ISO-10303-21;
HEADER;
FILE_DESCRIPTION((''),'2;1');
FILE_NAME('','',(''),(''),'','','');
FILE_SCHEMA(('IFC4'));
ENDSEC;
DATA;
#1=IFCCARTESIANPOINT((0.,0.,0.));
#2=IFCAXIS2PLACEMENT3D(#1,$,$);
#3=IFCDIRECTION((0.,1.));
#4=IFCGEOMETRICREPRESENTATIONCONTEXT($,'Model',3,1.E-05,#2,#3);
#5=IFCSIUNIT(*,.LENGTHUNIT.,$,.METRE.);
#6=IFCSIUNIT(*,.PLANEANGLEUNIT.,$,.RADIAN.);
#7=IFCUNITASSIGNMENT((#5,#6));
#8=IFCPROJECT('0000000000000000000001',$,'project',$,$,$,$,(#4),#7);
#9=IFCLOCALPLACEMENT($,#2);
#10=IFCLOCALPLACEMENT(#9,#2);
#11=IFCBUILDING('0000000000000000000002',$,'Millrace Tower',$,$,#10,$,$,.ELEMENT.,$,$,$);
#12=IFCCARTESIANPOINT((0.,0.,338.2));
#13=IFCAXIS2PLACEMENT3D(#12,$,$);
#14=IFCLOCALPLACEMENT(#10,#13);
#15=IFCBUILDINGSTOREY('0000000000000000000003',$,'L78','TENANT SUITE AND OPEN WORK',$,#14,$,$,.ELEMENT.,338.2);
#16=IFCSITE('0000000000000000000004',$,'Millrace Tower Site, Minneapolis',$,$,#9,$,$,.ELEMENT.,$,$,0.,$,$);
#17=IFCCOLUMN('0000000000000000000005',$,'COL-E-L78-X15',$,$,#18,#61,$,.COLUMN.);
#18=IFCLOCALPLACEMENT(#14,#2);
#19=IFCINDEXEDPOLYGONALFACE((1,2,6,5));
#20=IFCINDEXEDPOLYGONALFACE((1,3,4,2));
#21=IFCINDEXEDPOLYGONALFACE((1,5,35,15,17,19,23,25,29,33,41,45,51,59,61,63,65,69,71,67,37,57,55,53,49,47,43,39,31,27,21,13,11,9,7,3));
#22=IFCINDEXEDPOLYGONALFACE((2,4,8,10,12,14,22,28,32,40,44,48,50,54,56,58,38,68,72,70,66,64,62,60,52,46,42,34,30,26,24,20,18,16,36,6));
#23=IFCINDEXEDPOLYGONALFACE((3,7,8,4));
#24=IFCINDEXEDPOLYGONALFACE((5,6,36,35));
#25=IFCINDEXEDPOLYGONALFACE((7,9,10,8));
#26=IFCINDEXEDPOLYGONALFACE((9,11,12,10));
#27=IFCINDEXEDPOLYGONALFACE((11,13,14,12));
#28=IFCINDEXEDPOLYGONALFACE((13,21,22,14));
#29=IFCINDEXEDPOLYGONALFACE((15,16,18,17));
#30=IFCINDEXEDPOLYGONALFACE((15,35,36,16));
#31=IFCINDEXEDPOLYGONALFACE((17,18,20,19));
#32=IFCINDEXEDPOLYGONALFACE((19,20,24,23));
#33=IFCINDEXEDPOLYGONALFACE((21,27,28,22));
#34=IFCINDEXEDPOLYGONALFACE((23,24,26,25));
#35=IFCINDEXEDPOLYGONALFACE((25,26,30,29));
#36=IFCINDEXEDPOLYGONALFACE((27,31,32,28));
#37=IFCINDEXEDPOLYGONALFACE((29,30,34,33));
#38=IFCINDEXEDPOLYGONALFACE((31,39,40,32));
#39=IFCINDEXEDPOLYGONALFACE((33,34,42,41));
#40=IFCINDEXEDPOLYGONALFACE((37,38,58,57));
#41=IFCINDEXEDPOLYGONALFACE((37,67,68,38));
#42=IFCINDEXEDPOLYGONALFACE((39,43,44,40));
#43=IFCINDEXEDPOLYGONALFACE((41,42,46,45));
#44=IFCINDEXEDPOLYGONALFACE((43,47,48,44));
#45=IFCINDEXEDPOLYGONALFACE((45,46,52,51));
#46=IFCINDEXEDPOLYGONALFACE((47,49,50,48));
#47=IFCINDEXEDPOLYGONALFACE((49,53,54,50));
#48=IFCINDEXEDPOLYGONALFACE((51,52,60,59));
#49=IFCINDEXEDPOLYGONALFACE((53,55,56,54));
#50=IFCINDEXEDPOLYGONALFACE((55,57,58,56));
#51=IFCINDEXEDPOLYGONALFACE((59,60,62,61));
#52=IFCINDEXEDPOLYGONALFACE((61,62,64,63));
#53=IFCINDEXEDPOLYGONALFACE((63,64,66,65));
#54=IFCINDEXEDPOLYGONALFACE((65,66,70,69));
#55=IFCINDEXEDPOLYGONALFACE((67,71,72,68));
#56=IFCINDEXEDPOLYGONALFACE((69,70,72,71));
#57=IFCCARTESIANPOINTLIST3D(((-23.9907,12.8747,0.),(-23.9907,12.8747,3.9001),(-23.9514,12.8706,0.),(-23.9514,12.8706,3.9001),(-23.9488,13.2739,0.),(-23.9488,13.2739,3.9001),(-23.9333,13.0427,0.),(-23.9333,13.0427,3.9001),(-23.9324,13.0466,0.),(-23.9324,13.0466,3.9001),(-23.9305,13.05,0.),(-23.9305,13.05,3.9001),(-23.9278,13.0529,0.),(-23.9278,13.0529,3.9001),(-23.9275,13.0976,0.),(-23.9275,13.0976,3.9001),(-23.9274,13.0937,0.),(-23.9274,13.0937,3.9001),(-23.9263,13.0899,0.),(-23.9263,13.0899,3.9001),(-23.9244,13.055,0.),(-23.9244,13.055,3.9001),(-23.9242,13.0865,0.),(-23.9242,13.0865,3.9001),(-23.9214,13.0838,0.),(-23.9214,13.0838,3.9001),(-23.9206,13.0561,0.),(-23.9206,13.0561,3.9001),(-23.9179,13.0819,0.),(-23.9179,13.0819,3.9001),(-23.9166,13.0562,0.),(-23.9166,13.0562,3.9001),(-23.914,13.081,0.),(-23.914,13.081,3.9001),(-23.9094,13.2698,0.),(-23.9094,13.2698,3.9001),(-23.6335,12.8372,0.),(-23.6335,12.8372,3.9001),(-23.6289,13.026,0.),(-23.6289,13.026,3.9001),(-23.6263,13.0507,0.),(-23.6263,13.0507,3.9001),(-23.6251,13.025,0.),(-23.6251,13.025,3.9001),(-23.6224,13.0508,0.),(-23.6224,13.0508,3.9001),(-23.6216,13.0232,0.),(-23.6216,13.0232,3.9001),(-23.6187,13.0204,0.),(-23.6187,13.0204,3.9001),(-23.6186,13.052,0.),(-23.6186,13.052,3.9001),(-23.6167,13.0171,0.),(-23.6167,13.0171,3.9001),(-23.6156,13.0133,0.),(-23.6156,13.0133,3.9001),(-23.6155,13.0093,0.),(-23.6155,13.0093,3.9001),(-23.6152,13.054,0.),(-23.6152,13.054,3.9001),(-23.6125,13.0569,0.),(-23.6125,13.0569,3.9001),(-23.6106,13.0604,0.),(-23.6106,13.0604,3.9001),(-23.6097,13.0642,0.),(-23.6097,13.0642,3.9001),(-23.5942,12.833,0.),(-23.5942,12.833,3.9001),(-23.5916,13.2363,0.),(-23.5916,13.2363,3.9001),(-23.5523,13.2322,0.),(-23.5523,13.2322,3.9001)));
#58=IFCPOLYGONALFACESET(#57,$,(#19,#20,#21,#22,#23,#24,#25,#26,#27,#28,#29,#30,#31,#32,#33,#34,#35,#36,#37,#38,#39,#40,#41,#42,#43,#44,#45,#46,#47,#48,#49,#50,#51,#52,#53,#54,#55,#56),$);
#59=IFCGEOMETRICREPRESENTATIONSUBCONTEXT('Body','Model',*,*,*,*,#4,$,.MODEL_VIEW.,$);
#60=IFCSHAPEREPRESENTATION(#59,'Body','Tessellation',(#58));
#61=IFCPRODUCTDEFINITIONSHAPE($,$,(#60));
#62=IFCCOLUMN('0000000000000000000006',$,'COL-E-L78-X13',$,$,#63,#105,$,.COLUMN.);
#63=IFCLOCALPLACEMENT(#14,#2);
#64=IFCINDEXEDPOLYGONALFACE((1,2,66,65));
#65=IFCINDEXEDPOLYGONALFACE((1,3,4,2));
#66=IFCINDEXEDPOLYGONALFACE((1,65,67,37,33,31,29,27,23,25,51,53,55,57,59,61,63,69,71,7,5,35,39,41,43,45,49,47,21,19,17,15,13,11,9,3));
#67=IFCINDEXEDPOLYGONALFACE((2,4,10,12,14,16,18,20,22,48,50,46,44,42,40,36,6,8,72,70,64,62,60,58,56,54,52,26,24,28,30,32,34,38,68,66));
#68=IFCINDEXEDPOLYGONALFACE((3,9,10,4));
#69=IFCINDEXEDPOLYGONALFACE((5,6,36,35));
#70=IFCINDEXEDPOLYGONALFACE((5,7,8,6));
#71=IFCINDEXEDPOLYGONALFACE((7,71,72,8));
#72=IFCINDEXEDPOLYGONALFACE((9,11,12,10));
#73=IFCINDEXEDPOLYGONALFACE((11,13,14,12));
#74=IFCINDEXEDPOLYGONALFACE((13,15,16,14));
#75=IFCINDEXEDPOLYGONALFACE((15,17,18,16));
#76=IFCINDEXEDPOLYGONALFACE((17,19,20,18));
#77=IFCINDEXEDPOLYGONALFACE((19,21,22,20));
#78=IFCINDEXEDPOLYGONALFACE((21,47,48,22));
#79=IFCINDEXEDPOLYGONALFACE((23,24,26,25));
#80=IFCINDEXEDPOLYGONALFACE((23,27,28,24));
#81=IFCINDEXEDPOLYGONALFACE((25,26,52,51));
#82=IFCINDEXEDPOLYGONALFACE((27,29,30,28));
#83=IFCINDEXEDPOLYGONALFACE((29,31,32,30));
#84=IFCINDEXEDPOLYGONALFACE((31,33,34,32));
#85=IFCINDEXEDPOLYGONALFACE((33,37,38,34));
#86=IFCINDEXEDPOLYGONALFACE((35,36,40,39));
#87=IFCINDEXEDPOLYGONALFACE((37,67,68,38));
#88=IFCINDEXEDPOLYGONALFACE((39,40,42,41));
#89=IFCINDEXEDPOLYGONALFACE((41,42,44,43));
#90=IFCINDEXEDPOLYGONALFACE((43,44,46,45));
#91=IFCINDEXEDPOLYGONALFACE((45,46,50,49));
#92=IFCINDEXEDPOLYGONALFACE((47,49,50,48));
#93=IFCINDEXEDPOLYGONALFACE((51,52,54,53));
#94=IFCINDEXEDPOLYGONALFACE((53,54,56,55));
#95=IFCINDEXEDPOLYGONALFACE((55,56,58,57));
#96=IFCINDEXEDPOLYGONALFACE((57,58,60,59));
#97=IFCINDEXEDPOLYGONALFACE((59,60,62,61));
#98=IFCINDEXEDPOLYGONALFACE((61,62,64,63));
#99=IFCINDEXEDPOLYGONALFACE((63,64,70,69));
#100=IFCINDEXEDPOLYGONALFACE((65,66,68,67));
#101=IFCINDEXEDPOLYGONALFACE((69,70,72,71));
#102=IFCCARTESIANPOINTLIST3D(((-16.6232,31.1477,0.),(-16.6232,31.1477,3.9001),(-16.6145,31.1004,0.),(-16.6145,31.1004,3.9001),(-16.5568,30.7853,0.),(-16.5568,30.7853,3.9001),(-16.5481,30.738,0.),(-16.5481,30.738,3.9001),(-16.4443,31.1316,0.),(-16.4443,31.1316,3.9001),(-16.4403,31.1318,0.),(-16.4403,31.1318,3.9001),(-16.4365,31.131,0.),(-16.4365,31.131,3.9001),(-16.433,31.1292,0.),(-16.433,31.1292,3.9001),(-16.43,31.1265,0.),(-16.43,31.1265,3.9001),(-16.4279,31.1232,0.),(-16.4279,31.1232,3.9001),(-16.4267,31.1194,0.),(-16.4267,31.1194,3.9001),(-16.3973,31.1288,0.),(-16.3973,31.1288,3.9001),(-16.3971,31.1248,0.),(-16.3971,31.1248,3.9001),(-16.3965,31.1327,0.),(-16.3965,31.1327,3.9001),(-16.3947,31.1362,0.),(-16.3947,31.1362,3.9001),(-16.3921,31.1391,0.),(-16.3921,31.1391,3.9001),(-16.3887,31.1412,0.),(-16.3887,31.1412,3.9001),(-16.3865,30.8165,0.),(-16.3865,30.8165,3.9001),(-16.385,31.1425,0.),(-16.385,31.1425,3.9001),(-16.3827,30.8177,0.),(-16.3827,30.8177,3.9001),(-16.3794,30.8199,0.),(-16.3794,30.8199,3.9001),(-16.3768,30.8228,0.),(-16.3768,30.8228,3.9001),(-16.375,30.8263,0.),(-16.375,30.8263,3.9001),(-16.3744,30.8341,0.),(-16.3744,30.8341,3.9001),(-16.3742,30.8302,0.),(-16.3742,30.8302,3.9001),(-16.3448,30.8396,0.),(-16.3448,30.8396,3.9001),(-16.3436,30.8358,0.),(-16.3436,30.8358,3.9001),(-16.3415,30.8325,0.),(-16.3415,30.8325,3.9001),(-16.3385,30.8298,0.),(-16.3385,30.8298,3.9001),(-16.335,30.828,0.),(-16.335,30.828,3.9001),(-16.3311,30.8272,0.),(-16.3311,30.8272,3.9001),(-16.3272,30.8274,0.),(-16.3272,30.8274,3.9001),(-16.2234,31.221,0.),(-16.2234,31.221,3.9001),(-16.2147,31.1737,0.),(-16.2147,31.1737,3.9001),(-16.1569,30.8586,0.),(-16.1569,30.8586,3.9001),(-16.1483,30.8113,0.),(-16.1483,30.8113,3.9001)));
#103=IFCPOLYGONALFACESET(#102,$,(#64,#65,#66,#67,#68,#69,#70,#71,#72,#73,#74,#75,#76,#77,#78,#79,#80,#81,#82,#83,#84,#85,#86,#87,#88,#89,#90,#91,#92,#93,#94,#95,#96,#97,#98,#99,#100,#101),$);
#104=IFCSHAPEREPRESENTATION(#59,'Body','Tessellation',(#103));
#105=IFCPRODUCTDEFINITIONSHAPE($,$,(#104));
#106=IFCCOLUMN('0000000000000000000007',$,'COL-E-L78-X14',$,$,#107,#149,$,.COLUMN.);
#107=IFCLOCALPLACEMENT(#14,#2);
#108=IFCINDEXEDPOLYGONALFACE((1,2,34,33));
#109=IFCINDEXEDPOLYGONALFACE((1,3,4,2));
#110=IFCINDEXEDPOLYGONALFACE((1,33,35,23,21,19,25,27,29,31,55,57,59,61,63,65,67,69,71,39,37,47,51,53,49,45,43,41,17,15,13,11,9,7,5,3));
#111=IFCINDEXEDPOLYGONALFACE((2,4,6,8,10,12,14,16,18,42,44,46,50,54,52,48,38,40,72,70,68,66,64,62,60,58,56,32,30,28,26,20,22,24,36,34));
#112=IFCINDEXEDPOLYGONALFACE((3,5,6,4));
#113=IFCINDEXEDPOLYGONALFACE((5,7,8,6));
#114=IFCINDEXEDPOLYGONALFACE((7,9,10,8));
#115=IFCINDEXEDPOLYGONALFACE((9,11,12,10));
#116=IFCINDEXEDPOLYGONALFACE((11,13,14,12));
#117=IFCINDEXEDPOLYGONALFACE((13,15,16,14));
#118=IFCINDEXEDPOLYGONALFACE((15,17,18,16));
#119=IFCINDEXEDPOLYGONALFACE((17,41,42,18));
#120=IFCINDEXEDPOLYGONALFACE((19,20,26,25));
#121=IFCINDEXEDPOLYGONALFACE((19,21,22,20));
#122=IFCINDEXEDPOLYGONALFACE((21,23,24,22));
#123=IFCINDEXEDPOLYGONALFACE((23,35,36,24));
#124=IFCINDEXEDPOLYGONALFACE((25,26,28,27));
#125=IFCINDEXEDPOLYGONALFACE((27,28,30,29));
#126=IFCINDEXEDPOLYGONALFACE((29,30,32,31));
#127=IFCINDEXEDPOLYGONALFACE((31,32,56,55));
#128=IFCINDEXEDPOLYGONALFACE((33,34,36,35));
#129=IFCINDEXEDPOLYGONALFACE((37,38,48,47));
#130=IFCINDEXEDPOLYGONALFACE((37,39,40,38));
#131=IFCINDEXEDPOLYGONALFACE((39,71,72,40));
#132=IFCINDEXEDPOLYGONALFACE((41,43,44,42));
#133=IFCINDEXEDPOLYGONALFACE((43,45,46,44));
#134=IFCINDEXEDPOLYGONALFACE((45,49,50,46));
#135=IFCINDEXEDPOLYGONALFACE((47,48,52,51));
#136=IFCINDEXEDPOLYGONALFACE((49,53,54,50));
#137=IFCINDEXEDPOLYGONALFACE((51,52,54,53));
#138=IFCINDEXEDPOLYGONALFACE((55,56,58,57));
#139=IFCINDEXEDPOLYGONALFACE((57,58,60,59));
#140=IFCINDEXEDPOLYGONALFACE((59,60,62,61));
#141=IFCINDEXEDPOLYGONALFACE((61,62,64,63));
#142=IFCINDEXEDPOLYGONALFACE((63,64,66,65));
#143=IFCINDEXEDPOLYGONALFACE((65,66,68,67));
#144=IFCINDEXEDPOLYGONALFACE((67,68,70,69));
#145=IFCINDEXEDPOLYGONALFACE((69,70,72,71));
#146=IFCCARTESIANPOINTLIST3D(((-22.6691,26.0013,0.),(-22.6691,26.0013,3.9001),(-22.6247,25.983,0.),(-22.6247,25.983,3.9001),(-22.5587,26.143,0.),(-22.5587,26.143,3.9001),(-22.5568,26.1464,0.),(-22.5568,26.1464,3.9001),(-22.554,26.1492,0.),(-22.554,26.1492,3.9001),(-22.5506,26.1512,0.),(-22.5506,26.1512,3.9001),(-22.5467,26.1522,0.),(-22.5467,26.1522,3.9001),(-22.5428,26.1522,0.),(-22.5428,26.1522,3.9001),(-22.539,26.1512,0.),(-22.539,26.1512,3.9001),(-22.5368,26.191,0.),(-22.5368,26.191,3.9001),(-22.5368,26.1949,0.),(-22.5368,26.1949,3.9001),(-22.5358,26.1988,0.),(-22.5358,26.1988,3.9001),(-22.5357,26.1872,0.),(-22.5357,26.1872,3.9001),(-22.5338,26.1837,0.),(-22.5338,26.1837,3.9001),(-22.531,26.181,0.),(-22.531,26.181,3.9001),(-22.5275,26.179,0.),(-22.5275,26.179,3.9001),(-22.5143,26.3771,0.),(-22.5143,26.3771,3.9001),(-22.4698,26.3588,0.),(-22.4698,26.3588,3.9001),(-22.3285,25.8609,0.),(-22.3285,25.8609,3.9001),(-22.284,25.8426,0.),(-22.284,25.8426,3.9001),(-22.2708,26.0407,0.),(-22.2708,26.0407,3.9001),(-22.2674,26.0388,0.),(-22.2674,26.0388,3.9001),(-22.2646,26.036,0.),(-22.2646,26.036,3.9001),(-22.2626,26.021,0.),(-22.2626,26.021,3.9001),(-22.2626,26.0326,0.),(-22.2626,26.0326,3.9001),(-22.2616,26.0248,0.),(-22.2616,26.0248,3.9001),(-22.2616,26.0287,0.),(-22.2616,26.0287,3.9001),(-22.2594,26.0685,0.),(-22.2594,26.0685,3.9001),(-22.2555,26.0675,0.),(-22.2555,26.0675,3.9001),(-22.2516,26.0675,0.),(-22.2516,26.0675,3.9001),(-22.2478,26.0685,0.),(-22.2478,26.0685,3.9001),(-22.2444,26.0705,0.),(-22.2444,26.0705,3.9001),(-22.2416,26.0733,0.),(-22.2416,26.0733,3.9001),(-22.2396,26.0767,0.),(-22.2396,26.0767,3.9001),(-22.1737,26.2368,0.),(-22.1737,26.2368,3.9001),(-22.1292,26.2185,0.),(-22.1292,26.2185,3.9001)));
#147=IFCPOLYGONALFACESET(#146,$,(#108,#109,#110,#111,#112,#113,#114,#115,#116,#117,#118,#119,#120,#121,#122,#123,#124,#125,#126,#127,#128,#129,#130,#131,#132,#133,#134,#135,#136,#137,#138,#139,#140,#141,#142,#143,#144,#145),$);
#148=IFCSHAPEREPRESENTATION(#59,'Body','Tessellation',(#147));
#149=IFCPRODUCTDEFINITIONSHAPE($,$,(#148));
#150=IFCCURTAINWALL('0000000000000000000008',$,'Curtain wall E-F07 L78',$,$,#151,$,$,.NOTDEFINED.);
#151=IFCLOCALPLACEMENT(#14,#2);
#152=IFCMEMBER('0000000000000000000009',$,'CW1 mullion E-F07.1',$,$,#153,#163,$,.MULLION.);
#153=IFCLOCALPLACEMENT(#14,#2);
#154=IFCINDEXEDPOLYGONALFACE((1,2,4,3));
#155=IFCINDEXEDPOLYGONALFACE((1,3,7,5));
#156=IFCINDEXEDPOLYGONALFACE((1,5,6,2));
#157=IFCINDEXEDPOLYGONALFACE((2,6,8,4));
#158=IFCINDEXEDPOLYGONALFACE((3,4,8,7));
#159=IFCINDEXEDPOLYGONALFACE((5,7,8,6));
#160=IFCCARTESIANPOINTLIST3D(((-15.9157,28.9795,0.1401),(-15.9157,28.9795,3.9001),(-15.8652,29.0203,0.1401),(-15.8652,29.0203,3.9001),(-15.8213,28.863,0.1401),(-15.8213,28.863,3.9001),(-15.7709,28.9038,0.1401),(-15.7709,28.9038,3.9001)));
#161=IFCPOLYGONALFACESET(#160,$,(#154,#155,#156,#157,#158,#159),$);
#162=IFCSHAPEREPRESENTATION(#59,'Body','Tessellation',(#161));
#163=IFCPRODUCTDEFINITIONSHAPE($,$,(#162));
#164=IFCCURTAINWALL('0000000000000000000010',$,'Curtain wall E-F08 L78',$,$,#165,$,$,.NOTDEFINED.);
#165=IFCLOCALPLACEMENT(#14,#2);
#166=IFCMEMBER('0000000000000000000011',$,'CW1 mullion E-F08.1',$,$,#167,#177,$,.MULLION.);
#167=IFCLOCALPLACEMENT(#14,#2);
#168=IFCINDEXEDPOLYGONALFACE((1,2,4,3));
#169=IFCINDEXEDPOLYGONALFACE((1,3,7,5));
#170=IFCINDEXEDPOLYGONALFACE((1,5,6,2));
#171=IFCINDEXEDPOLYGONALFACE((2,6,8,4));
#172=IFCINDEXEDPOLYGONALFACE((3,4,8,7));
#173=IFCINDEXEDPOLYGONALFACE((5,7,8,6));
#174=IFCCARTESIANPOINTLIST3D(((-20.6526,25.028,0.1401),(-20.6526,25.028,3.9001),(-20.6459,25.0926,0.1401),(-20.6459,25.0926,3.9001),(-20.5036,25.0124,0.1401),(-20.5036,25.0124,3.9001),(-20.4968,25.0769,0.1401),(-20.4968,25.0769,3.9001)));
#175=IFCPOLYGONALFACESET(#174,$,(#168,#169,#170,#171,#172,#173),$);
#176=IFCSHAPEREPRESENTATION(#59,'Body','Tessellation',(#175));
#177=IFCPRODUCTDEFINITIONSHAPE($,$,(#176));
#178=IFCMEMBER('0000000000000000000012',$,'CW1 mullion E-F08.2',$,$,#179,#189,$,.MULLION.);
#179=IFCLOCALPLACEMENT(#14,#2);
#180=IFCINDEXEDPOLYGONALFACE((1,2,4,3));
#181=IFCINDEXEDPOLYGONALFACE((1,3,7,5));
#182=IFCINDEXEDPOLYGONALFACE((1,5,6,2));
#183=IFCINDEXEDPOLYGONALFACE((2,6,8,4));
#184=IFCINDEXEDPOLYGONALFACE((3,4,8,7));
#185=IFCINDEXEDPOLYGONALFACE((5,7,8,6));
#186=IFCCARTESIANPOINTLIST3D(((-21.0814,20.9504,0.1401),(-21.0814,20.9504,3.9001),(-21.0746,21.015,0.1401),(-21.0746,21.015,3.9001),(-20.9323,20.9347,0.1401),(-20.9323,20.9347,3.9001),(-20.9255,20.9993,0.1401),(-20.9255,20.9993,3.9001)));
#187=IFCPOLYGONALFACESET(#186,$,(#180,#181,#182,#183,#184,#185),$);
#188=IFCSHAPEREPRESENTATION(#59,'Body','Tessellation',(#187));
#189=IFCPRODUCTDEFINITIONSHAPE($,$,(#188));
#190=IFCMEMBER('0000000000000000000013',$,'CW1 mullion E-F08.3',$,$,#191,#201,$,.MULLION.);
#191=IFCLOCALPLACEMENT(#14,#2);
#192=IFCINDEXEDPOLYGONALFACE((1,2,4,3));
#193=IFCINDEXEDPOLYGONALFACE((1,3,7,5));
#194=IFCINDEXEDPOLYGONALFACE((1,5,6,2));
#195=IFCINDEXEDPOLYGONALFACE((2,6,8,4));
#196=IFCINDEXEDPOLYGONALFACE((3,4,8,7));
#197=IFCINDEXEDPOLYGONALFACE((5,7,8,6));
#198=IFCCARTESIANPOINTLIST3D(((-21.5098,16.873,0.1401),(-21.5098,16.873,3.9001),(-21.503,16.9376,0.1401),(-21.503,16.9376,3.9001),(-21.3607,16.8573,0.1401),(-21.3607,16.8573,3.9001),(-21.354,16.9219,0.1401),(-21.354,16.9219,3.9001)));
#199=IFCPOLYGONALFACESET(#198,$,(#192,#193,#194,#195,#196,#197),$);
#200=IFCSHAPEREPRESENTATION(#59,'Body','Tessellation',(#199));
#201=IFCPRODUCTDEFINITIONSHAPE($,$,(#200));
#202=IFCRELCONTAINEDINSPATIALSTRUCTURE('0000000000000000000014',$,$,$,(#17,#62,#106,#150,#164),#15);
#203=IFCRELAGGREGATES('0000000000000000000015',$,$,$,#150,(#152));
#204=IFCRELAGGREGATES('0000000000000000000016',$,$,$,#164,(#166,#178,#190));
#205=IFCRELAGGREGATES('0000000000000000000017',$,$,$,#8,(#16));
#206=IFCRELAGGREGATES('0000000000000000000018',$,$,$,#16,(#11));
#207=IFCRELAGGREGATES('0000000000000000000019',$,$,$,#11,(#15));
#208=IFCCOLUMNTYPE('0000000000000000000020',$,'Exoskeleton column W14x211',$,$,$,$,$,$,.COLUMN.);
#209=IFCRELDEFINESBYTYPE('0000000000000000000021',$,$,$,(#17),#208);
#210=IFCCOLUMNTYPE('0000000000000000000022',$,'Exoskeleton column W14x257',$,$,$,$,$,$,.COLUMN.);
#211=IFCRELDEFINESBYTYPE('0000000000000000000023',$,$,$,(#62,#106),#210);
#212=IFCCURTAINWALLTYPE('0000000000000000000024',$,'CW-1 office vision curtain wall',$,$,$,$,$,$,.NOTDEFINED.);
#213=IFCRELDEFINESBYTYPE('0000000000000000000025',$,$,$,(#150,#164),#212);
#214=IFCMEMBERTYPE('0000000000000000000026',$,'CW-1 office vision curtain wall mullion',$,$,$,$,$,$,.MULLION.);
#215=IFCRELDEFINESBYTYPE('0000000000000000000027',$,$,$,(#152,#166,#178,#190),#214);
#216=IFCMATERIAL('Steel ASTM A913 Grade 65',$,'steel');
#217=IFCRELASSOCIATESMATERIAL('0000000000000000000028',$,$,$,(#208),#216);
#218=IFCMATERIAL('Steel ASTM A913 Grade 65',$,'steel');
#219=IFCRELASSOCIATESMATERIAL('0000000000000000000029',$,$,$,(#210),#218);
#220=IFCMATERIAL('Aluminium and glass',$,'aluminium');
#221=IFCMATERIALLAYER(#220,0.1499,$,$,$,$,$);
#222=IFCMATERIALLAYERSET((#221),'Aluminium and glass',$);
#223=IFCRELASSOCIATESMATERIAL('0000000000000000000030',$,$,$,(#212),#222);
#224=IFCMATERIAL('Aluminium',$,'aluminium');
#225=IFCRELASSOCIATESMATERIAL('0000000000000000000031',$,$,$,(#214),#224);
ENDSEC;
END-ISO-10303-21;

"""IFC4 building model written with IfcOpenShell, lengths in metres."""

from ifc_helpers import new_model, si_unit, direction, frame, origin, origin_2d, place, context, subcontext, project, spatial, rectangle, i_section, extrude, material, layer, layer_set, material_profile, profile_set, type_object, element, aggregate, save


model = new_model("IFC4")

# Units and contexts
model_context = context("Model", 3, precision=1e-05, world=origin(), true_north=direction((0.0, 1.0)))
body_context = subcontext(model_context, "Body", "Model", "MODEL_VIEW")
ifc_project = project(units=[si_unit("LENGTHUNIT", "METRE"), si_unit("PLANEANGLEUNIT", "RADIAN")], contexts=[model_context])

# Site, building, storey
site_placement = place(None, origin())
site = spatial("IfcSite", under=ifc_project, at=site_placement, Name="Millrace Tower Site, Minneapolis", CompositionType="ELEMENT", RefElevation=0.0)
building_placement = place(site_placement, origin())
building = spatial("IfcBuilding", under=site, at=building_placement, Name="Millrace Tower", CompositionType="ELEMENT")
storey_placement = place(building_placement, frame((0.0, 0.0, 338.2)))
storey = spatial("IfcBuildingStorey", under=building, at=storey_placement, Name="L78", Description="TENANT SUITE AND OPEN WORK", CompositionType="ELEMENT", Elevation=338.2)

# Columns
ifc_material_1 = material(Name="Steel ASTM A913 Grade 65", Category="steel")
ifc_material_profile_1 = material_profile(ifc_material_1, i_section(OverallWidth=0.4014, OverallDepth=0.3987, WebThickness=0.0249, FlangeThickness=0.0396, FilletRadius=0.0151, at=origin_2d()))
ifc_profile_set_1 = profile_set([ifc_material_profile_1], Name="Steel ASTM A913 Grade 65")
column_type_1 = type_object("IfcColumnType", Name="Exoskeleton column W14x211", PredefinedType="COLUMN", material=ifc_profile_set_1)
column_placement = place(storey_placement, frame((-23.7715, 13.0535, 0.0), z_axis=(0.0, 0.0, 1.0), x_axis=(-0.104528, -0.994522, 0.0)))
element("IfcColumn", 1, at=column_placement, inside=storey, type_object=column_type_1, Name="COL-E-L78-X15", PredefinedType="COLUMN", context=body_context, shape_type="SweptSolid", body=[
    extrude(i_section(OverallWidth=0.4014, OverallDepth=0.3987, WebThickness=0.0249, FlangeThickness=0.0396, FilletRadius=0.0151, at=origin_2d()), origin(), (0.0, 0.0, 1.0), 3.9001),
])
ifc_material_2 = material(Name="Steel ASTM A913 Grade 65", Category="steel")
ifc_material_profile_2 = material_profile(ifc_material_2, i_section(OverallWidth=0.4065, OverallDepth=0.4165, WebThickness=0.03, FlangeThickness=0.0481, FilletRadius=0.0151, at=origin_2d()))
ifc_profile_set_2 = profile_set([ifc_material_profile_2], Name="Steel ASTM A913 Grade 65")
column_type_2 = type_object("IfcColumnType", Name="Exoskeleton column W14x257", PredefinedType="COLUMN", material=ifc_profile_set_2)
for number, where, z_axis, x_axis, name in (
    (2, (-16.3857, 30.9795, 0.0), (0.0, 0.0, 1.0), (-0.983596, -0.180387, 0.0), "COL-E-L78-X13"),
    (3, (-22.3992, 26.1099, 0.0), (0.0, 0.0, 1.0), (-0.380947, -0.924597, 0.0), "COL-E-L78-X14"),
):
    element("IfcColumn", number, at=place(storey_placement, frame(where, z_axis=z_axis, x_axis=x_axis)), inside=storey, type_object=column_type_2, Name=name, PredefinedType="COLUMN", context=body_context, shape_type="SweptSolid", body=[
        extrude(i_section(OverallWidth=0.4065, OverallDepth=0.4165, WebThickness=0.03, FlangeThickness=0.0481, FilletRadius=0.0151, at=origin_2d()), origin(), (0.0, 0.0, 1.0), 3.9001),
    ])

# Curtain wall, member
ifc_material_3 = material(Name="Aluminium and glass", Category="aluminium")
ifc_layer_1 = layer(ifc_material_3, 0.1499)
ifc_layer_set_1 = layer_set([ifc_layer_1], Name="Aluminium and glass")
curtain_wall_type = type_object("IfcCurtainWallType", Name="CW-1 office vision curtain wall", PredefinedType="NOTDEFINED", material=ifc_layer_set_1)
placement = place(storey_placement, origin())
curtain_wall_1 = element("IfcCurtainWall", 4, at=placement, inside=storey, type_object=curtain_wall_type, Name="Curtain wall E-F07 L78", PredefinedType="NOTDEFINED")
ifc_material_4 = material(Name="Aluminium", Category="aluminium")
ifc_material_profile_3 = material_profile(ifc_material_4, rectangle(XDim=0.0649, YDim=0.1499, at=origin_2d()))
ifc_profile_set_3 = profile_set([ifc_material_profile_3], Name="Aluminium")
member_type_1 = type_object("IfcMemberType", Name="CW-1 office vision curtain wall mullion", PredefinedType="MULLION", material=ifc_profile_set_3)
member_1_placement = place(storey_placement, frame((-15.8433, 28.9417, 0.1401), z_axis=(0.0, 0.0, 1.0), x_axis=(-0.777146, -0.62932, 0.0)))
member_1 = element("IfcMember", 5, at=member_1_placement, type_object=member_type_1, Name="CW1 mullion E-F07.1", PredefinedType="MULLION", context=body_context, shape_type="SweptSolid", body=[
    extrude(rectangle(XDim=0.0649, YDim=0.1499, at=origin_2d()), origin(), (0.0, 0.0, 1.0), 3.76),
])

# Curtain wall, members
curtain_wall_2 = element("IfcCurtainWall", 6, at=placement, inside=storey, type_object=curtain_wall_type, Name="Curtain wall E-F08 L78", PredefinedType="NOTDEFINED")
member_2_placement = place(storey_placement, frame((-20.5747, 25.0525, 0.1401), z_axis=(0.0, 0.0, 1.0), x_axis=(-0.104528, -0.994522, 0.0)))
member_2 = element("IfcMember", 7, at=member_2_placement, type_object=member_type_1, Name="CW1 mullion E-F08.1", PredefinedType="MULLION", context=body_context, shape_type="SweptSolid", body=[
    extrude(rectangle(XDim=0.0649, YDim=0.1499, at=origin_2d()), origin(), (0.0, 0.0, 1.0), 3.76),
])
member_3_placement = place(storey_placement, frame((-21.0034, 20.9749, 0.1401), z_axis=(0.0, 0.0, 1.0), x_axis=(-0.104528, -0.994522, 0.0)))
member_3 = element("IfcMember", 8, at=member_3_placement, type_object=member_type_1, Name="CW1 mullion E-F08.2", PredefinedType="MULLION", context=body_context, shape_type="SweptSolid", body=[
    extrude(rectangle(XDim=0.0649, YDim=0.1499, at=origin_2d()), origin(), (0.0, 0.0, 1.0), 3.76),
])
member_4_placement = place(storey_placement, frame((-21.4319, 16.8975, 0.1401), z_axis=(0.0, 0.0, 1.0), x_axis=(-0.104528, -0.994522, 0.0)))
member_4 = element("IfcMember", 9, at=member_4_placement, type_object=member_type_1, Name="CW1 mullion E-F08.3", PredefinedType="MULLION", context=body_context, shape_type="SweptSolid", body=[
    extrude(rectangle(XDim=0.0649, YDim=0.1499, at=origin_2d()), origin(), (0.0, 0.0, 1.0), 3.76),
])

aggregate(curtain_wall_1, [member_1])
aggregate(curtain_wall_2, [member_2, member_3, member_4])

save(model, "model.ifc")
